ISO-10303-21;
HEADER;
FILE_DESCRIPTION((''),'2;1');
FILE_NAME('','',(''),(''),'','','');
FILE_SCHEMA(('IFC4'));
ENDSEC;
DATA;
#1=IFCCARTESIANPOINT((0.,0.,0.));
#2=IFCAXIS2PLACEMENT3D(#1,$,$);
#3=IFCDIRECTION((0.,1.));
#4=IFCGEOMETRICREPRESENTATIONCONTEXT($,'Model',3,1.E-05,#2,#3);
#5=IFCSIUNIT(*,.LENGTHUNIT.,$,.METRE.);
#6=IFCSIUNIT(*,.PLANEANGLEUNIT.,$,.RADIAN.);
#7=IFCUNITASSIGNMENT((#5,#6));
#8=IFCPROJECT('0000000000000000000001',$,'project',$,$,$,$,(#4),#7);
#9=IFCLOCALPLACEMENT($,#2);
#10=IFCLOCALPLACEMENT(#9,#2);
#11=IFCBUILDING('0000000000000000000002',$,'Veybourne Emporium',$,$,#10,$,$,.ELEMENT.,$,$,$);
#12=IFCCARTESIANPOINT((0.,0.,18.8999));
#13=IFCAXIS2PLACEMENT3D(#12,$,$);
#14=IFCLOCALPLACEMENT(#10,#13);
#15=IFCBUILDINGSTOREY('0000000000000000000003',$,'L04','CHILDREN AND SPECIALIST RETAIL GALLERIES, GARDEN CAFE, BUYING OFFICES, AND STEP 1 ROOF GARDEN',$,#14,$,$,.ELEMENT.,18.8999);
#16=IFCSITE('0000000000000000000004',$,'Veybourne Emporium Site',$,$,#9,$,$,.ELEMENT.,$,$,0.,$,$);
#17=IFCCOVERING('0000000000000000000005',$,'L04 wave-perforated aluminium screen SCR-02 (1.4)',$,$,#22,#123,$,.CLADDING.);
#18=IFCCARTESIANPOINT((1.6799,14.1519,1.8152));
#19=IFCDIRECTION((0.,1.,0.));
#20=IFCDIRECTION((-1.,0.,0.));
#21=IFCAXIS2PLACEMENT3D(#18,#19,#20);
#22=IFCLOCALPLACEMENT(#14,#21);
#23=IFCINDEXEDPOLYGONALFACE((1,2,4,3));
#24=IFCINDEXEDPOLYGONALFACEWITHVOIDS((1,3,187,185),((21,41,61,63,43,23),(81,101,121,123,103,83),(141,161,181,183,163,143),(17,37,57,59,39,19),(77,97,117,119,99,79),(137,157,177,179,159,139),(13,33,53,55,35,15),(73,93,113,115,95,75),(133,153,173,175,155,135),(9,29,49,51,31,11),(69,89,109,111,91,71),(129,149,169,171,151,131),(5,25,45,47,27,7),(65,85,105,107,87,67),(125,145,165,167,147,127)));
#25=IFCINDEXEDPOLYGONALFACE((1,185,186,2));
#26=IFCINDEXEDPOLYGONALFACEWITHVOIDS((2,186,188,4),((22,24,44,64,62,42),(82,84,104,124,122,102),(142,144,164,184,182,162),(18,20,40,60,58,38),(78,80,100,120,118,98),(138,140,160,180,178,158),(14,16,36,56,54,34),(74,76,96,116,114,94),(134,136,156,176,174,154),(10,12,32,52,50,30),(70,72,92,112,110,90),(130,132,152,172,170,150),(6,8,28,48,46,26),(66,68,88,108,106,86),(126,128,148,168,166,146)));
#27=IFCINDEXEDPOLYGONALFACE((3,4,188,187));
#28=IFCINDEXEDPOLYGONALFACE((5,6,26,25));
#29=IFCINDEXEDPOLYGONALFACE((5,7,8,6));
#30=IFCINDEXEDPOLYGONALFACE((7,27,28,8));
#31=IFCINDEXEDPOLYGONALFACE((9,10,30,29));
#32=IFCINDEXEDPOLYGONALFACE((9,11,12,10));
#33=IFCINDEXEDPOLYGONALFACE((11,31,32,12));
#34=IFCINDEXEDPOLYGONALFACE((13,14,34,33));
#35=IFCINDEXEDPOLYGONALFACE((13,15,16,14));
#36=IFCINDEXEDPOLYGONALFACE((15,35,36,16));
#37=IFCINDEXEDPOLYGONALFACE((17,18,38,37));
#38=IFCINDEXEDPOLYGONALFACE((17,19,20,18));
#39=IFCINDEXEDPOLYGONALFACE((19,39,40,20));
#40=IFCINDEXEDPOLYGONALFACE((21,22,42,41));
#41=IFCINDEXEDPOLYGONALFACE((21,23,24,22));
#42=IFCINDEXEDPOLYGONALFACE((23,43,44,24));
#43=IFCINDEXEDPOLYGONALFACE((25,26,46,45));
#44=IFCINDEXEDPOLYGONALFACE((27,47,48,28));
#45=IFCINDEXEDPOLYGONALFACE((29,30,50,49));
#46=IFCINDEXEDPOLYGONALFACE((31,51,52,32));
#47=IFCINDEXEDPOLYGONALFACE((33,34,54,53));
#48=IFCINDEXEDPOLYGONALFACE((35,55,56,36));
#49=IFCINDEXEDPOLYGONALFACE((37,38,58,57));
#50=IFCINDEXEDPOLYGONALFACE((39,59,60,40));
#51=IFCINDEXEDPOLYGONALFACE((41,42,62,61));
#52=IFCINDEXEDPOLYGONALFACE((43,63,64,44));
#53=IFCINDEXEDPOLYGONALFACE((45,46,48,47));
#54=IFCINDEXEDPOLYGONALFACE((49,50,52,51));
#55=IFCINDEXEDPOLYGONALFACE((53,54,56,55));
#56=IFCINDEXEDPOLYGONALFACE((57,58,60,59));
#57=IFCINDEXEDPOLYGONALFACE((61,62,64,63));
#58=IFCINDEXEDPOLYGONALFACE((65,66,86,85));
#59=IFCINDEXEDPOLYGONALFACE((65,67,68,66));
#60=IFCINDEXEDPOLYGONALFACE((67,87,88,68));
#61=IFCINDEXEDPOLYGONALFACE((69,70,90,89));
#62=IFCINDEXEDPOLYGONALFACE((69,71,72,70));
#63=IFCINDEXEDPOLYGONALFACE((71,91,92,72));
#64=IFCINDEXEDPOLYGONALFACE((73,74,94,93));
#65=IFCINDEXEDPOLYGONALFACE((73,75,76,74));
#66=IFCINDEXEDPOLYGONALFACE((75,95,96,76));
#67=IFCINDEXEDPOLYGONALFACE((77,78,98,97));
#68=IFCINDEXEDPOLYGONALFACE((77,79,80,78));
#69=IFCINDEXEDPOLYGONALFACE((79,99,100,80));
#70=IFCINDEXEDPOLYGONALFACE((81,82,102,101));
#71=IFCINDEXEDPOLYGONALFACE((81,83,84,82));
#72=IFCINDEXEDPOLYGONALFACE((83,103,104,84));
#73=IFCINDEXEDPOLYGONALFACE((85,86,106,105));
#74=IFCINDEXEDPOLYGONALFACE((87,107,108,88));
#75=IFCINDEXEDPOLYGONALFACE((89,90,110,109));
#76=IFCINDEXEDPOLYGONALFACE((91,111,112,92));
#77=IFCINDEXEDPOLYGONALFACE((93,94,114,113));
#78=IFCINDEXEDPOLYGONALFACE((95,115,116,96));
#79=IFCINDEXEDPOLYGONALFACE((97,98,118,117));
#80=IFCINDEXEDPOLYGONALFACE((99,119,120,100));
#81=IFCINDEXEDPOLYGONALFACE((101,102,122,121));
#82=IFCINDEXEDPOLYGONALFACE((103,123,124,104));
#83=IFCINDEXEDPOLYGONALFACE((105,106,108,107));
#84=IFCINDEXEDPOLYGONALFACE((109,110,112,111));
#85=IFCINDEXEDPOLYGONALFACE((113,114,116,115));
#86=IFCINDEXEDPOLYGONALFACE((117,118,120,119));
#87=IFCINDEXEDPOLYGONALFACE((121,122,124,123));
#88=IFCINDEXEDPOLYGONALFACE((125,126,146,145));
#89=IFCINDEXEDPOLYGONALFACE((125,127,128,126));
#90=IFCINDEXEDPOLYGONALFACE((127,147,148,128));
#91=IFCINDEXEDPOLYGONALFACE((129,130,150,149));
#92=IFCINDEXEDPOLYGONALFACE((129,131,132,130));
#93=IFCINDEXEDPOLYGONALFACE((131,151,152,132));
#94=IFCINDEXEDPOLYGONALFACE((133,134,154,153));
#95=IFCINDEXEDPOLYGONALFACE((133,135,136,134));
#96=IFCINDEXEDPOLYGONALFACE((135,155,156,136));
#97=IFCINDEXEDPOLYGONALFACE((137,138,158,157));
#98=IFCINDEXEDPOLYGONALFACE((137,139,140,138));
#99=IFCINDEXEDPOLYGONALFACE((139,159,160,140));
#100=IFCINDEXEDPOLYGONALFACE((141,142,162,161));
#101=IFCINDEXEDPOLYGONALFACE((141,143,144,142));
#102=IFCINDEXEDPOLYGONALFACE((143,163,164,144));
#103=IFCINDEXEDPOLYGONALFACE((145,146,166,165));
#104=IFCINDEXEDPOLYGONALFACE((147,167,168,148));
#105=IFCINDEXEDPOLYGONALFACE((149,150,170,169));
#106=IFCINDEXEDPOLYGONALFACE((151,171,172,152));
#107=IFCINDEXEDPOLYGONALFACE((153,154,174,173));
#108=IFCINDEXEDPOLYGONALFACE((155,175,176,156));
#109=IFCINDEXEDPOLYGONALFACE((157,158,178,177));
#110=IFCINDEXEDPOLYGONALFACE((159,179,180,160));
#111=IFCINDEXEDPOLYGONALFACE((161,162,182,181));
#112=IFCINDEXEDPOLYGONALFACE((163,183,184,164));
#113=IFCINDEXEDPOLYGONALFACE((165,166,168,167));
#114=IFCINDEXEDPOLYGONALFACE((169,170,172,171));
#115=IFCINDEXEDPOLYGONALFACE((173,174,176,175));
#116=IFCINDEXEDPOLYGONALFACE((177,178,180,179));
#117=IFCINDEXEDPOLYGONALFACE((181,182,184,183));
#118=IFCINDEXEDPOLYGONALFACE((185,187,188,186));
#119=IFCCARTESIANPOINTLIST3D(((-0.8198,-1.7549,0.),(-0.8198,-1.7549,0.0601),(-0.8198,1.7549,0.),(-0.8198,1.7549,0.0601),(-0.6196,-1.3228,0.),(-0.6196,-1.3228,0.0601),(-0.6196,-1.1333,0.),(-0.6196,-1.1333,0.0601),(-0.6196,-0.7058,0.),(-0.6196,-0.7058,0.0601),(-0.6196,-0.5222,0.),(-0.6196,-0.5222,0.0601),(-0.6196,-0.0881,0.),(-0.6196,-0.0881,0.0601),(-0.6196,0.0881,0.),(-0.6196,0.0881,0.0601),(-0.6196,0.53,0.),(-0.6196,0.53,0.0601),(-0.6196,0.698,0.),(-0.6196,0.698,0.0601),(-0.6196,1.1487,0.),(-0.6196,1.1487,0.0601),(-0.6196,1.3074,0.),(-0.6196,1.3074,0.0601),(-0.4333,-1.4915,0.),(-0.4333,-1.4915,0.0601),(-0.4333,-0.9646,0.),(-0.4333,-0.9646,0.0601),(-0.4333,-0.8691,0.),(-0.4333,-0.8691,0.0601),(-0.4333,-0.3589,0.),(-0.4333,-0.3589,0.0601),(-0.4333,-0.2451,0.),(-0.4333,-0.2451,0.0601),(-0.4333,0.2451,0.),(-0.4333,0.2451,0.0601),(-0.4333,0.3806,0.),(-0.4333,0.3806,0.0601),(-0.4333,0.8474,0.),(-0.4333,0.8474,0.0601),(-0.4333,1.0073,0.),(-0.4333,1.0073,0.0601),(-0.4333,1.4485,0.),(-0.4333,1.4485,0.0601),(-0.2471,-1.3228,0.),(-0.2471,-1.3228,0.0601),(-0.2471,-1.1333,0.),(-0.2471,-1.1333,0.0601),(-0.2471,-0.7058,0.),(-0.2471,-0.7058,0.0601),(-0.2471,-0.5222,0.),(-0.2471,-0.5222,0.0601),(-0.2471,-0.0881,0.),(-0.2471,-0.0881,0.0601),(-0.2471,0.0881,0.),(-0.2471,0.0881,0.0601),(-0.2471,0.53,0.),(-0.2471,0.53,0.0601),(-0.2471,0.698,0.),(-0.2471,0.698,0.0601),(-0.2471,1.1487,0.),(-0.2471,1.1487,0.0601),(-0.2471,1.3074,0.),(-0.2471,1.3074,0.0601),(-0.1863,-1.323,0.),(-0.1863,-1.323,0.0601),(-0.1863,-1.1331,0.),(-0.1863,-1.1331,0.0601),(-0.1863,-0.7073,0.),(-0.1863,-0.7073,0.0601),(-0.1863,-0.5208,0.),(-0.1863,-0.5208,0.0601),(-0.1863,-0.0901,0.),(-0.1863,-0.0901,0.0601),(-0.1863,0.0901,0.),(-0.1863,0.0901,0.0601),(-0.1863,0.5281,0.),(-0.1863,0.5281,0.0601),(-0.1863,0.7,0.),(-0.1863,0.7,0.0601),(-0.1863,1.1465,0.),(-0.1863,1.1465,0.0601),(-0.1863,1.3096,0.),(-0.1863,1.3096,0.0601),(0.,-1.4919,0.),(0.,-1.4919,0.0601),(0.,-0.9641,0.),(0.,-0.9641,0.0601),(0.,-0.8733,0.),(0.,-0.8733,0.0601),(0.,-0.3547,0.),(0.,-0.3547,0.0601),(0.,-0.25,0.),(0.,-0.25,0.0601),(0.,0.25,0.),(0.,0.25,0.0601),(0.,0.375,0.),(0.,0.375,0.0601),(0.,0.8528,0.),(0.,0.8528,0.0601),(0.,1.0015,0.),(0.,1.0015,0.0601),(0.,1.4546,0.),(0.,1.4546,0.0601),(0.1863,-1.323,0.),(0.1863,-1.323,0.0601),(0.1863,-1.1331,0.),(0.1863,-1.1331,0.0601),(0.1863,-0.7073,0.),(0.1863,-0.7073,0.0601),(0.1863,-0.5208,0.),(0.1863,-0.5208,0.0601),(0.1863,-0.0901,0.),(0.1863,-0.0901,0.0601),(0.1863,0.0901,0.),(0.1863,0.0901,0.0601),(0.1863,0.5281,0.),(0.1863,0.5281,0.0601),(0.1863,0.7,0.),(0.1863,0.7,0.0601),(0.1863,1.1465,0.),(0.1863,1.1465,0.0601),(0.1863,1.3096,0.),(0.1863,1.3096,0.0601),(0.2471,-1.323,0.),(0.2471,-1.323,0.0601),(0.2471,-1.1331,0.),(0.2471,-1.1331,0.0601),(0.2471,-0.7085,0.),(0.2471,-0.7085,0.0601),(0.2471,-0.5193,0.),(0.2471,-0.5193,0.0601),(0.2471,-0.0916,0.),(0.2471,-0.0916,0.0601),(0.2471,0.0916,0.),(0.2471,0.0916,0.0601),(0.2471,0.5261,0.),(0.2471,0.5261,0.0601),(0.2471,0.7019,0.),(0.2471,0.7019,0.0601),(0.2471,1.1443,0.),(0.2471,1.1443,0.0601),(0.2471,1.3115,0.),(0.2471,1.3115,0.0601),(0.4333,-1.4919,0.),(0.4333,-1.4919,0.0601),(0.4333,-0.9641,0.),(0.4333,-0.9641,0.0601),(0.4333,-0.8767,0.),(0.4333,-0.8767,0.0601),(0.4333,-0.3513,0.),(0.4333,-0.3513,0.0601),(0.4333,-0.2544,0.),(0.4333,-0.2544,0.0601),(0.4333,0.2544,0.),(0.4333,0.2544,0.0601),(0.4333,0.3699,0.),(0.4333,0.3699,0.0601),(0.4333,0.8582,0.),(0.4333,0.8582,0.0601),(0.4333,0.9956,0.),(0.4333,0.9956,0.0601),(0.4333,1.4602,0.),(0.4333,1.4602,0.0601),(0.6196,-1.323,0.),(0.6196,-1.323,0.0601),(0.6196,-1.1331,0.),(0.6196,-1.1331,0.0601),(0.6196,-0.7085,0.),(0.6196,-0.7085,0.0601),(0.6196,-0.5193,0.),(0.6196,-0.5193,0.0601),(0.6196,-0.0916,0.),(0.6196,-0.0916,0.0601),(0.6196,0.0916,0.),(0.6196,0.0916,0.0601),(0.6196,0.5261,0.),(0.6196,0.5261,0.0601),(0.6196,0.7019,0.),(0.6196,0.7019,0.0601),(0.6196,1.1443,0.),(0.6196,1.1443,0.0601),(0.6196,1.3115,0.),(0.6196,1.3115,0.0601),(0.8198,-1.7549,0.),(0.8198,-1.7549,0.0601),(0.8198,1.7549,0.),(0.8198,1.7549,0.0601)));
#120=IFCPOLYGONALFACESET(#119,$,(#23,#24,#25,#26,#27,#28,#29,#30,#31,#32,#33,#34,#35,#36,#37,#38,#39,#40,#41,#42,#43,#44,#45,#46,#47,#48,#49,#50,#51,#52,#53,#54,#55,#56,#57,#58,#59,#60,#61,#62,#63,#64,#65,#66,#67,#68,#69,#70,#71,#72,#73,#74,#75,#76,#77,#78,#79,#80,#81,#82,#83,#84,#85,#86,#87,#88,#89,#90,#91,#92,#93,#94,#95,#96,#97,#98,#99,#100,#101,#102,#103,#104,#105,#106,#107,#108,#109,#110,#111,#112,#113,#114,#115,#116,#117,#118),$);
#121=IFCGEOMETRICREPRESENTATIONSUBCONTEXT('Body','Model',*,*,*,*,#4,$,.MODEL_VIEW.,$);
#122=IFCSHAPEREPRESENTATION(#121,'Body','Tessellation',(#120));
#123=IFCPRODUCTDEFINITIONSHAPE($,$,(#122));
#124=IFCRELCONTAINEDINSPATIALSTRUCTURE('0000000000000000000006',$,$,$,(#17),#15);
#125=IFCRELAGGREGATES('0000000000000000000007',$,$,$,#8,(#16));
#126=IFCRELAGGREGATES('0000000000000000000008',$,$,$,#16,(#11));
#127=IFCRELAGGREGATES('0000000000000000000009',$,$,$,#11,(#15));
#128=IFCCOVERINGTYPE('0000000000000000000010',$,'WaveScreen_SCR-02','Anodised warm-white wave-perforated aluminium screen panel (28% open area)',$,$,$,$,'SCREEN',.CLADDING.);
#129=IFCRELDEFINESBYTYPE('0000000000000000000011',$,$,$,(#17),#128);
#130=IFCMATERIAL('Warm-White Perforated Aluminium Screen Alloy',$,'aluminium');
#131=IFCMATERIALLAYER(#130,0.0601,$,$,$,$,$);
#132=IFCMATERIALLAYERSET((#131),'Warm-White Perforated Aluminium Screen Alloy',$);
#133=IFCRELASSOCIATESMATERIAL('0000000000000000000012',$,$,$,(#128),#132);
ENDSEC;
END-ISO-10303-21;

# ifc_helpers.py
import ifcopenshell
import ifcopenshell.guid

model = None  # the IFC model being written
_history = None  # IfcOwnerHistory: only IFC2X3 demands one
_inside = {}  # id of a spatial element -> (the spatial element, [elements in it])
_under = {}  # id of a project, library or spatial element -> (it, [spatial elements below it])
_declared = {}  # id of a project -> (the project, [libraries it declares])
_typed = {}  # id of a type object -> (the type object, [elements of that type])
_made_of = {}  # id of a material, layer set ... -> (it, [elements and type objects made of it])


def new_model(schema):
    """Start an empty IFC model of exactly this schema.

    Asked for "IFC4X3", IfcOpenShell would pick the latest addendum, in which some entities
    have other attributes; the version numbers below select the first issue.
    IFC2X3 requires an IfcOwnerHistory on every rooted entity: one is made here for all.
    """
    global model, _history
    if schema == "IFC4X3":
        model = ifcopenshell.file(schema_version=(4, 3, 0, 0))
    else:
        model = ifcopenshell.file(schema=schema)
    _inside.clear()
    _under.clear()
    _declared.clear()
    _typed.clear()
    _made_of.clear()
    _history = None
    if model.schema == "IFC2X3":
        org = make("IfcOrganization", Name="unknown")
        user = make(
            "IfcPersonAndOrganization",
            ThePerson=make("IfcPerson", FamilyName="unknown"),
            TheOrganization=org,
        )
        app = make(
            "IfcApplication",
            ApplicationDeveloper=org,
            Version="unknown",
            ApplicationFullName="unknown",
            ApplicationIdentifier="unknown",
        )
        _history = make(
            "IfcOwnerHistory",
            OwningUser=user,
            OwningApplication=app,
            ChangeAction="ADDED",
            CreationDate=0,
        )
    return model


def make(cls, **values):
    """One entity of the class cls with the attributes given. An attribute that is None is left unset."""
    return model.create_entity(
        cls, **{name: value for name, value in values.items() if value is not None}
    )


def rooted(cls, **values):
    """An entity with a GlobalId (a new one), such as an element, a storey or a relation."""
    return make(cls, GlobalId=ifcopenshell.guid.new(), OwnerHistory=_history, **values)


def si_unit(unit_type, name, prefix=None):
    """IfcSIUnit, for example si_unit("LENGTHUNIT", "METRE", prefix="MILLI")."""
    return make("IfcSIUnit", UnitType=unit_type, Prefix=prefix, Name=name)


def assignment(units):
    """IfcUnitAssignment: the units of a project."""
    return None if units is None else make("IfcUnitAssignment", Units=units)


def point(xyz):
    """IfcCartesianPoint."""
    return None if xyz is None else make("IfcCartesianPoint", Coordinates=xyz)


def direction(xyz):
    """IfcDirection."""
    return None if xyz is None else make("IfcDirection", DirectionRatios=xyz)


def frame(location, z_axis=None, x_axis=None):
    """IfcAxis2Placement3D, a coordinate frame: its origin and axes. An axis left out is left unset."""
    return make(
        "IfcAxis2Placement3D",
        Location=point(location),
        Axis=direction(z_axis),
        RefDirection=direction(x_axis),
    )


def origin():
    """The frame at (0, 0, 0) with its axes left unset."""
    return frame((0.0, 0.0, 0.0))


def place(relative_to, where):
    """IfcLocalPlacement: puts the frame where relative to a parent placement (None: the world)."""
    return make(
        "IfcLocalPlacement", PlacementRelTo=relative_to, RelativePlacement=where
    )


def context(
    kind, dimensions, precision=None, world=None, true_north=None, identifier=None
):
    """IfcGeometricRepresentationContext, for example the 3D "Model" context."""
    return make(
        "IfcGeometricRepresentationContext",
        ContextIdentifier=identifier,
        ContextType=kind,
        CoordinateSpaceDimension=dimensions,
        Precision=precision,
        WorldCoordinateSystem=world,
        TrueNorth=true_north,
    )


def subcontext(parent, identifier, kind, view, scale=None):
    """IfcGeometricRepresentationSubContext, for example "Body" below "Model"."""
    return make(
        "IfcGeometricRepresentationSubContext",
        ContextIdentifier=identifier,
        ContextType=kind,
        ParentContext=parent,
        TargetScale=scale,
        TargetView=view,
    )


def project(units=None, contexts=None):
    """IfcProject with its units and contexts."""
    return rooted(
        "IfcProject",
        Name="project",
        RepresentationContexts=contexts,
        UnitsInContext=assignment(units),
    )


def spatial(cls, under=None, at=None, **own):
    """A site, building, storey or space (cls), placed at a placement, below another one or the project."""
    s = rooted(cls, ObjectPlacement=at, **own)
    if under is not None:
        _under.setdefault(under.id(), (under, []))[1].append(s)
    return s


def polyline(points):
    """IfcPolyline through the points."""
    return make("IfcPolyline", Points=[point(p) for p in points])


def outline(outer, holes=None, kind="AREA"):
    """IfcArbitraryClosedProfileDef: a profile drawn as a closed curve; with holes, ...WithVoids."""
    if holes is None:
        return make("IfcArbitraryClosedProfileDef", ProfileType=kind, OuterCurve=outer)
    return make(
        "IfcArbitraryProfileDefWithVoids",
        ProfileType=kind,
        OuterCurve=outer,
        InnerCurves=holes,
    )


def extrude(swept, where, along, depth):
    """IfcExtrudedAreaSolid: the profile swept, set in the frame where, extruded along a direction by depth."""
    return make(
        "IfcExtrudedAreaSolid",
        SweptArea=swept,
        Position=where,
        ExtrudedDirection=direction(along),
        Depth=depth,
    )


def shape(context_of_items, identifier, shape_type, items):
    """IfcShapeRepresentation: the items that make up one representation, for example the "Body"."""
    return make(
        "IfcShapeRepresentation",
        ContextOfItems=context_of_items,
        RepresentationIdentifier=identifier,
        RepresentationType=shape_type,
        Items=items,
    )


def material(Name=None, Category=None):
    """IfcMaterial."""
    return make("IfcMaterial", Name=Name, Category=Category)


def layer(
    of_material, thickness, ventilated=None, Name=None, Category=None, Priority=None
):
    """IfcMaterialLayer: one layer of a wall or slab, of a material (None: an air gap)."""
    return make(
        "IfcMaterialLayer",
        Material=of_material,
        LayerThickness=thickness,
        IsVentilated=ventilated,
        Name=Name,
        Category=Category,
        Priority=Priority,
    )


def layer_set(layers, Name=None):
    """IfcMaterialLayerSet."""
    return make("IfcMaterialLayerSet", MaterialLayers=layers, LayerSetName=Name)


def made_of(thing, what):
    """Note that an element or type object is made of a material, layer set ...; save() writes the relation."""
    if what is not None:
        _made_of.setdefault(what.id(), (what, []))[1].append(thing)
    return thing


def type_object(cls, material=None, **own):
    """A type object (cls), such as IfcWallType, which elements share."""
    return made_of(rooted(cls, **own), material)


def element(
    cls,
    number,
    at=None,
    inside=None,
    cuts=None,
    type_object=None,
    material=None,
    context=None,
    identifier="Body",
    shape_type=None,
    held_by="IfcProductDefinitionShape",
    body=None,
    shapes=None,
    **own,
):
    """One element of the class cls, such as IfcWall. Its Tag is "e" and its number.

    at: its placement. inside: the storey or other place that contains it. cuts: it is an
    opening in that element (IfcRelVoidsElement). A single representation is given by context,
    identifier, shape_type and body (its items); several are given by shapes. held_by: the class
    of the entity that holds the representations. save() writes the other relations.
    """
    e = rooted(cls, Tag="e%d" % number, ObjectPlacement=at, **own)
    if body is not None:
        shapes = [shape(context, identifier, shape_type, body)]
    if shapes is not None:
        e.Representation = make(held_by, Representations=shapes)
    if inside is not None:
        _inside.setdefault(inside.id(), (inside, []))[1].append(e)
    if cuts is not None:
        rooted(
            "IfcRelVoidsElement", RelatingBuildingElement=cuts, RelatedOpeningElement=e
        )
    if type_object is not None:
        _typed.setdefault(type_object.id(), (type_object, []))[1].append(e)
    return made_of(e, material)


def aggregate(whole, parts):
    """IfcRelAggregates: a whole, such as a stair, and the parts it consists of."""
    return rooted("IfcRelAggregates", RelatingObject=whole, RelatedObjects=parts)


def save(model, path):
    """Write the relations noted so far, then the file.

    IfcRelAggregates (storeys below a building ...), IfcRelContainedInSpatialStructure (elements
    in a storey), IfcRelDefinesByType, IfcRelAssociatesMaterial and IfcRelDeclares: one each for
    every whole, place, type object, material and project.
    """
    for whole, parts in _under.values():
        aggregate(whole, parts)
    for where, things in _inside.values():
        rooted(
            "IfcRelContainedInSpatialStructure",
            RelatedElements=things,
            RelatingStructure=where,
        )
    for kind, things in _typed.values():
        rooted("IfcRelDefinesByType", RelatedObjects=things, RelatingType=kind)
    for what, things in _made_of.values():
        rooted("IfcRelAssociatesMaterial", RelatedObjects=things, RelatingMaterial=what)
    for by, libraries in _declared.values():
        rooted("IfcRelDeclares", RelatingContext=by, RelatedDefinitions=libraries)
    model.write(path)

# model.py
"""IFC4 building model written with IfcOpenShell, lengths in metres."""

from ifc_helpers import new_model, si_unit, direction, frame, origin, place, context, subcontext, project, spatial, polyline, outline, extrude, material, layer, layer_set, type_object, element, save


model = new_model("IFC4")

# Units and contexts
model_context = context("Model", 3, precision=1e-05, world=origin(), true_north=direction((0.0, 1.0)))
body_context = subcontext(model_context, "Body", "Model", "MODEL_VIEW")
ifc_project = project(units=[si_unit("LENGTHUNIT", "METRE"), si_unit("PLANEANGLEUNIT", "RADIAN")], contexts=[model_context])

# Site, building, storey
site_placement = place(None, origin())
site = spatial("IfcSite", under=ifc_project, at=site_placement, Name="Veybourne Emporium Site", CompositionType="ELEMENT", RefElevation=0.0)
building_placement = place(site_placement, origin())
building = spatial("IfcBuilding", under=site, at=building_placement, Name="Veybourne Emporium", CompositionType="ELEMENT")
storey_placement = place(building_placement, frame((0.0, 0.0, 18.8999)))
storey = spatial("IfcBuildingStorey", under=building, at=storey_placement, Name="L04", Description="CHILDREN AND SPECIALIST RETAIL GALLERIES, GARDEN CAFE, BUYING OFFICES, AND STEP 1 ROOF GARDEN", CompositionType="ELEMENT", Elevation=18.8999)

# Covering
ifc_material_1 = material(Name="Warm-White Perforated Aluminium Screen Alloy", Category="aluminium")
ifc_layer_1 = layer(ifc_material_1, 0.0601)
ifc_layer_set_1 = layer_set([ifc_layer_1], Name="Warm-White Perforated Aluminium Screen Alloy")
covering_type_1 = type_object("IfcCoveringType", Name="WaveScreen_SCR-02", Description="Anodised warm-white wave-perforated aluminium screen panel (28% open area)", ElementType="SCREEN", PredefinedType="CLADDING", material=ifc_layer_set_1)
covering_1_placement = place(storey_placement, frame((1.6799, 14.1519, 1.8152), z_axis=(0.0, 1.0, 0.0), x_axis=(-1.0, 0.0, 0.0)))
element("IfcCovering", 1, at=covering_1_placement, inside=storey, type_object=covering_type_1, Name="L04 wave-perforated aluminium screen SCR-02 (1.4)", PredefinedType="CLADDING", context=body_context, shape_type="SweptSolid", body=[
    extrude(outline(polyline([(-0.8198, -1.7549), (0.8198, -1.7549), (0.8198, 1.7549), (-0.8198, 1.7549), (-0.8198, -1.7549)]), holes=[polyline([(-0.4333, -0.9646), (-0.2471, -1.1333), (-0.2471, -1.3228), (-0.4333, -1.4915), (-0.6196, -1.3228), (-0.6196, -1.1333), (-0.4333, -0.9646)]), polyline([(-0.4333, -0.3589), (-0.2471, -0.5222), (-0.2471, -0.7058), (-0.4333, -0.8691), (-0.6196, -0.7058), (-0.6196, -0.5222), (-0.4333, -0.3589)]), polyline([(-0.4333, 0.2451), (-0.2471, 0.0881), (-0.2471, -0.0881), (-0.4333, -0.2451), (-0.6196, -0.0881), (-0.6196, 0.0881), (-0.4333, 0.2451)]), polyline([(-0.4333, 0.8474), (-0.2471, 0.698), (-0.2471, 0.53), (-0.4333, 0.3806), (-0.6196, 0.53), (-0.6196, 0.698), (-0.4333, 0.8474)]), polyline([(-0.4333, 1.4485), (-0.2471, 1.3074), (-0.2471, 1.1487), (-0.4333, 1.0073), (-0.6196, 1.1487), (-0.6196, 1.3074), (-0.4333, 1.4485)]), polyline([(0.0, -0.9641), (0.1863, -1.1331), (0.1863, -1.323), (0.0, -1.4919), (-0.1863, -1.323), (-0.1863, -1.1331), (0.0, -0.9641)]), polyline([(0.0, -0.3547), (0.1863, -0.5208), (0.1863, -0.7073), (0.0, -0.8733), (-0.1863, -0.7073), (-0.1863, -0.5208), (0.0, -0.3547)]), polyline([(0.0, 0.25), (0.1863, 0.0901), (0.1863, -0.0901), (0.0, -0.25), (-0.1863, -0.0901), (-0.1863, 0.0901), (0.0, 0.25)]), polyline([(0.0, 0.8528), (0.1863, 0.7), (0.1863, 0.5281), (0.0, 0.375), (-0.1863, 0.5281), (-0.1863, 0.7), (0.0, 0.8528)]), polyline([(0.0, 1.4546), (0.1863, 1.3096), (0.1863, 1.1465), (0.0, 1.0015), (-0.1863, 1.1465), (-0.1863, 1.3096), (0.0, 1.4546)]), polyline([(0.4333, -0.9641), (0.6196, -1.1331), (0.6196, -1.323), (0.4333, -1.4919), (0.2471, -1.323), (0.2471, -1.1331), (0.4333, -0.9641)]), polyline([(0.4333, -0.3513), (0.6196, -0.5193), (0.6196, -0.7085), (0.4333, -0.8767), (0.2471, -0.7085), (0.2471, -0.5193), (0.4333, -0.3513)]), polyline([(0.4333, 0.2544), (0.6196, 0.0916), (0.6196, -0.0916), (0.4333, -0.2544), (0.2471, -0.0916), (0.2471, 0.0916), (0.4333, 0.2544)]), polyline([(0.4333, 0.8582), (0.6196, 0.7019), (0.6196, 0.5261), (0.4333, 0.3699), (0.2471, 0.5261), (0.2471, 0.7019), (0.4333, 0.8582)]), polyline([(0.4333, 1.4602), (0.6196, 1.3115), (0.6196, 1.1443), (0.4333, 0.9956), (0.2471, 1.1443), (0.2471, 1.3115), (0.4333, 1.4602)])]), origin(), (0.0, 0.0, 1.0), 0.0601),
])

save(model, "model.ifc")
